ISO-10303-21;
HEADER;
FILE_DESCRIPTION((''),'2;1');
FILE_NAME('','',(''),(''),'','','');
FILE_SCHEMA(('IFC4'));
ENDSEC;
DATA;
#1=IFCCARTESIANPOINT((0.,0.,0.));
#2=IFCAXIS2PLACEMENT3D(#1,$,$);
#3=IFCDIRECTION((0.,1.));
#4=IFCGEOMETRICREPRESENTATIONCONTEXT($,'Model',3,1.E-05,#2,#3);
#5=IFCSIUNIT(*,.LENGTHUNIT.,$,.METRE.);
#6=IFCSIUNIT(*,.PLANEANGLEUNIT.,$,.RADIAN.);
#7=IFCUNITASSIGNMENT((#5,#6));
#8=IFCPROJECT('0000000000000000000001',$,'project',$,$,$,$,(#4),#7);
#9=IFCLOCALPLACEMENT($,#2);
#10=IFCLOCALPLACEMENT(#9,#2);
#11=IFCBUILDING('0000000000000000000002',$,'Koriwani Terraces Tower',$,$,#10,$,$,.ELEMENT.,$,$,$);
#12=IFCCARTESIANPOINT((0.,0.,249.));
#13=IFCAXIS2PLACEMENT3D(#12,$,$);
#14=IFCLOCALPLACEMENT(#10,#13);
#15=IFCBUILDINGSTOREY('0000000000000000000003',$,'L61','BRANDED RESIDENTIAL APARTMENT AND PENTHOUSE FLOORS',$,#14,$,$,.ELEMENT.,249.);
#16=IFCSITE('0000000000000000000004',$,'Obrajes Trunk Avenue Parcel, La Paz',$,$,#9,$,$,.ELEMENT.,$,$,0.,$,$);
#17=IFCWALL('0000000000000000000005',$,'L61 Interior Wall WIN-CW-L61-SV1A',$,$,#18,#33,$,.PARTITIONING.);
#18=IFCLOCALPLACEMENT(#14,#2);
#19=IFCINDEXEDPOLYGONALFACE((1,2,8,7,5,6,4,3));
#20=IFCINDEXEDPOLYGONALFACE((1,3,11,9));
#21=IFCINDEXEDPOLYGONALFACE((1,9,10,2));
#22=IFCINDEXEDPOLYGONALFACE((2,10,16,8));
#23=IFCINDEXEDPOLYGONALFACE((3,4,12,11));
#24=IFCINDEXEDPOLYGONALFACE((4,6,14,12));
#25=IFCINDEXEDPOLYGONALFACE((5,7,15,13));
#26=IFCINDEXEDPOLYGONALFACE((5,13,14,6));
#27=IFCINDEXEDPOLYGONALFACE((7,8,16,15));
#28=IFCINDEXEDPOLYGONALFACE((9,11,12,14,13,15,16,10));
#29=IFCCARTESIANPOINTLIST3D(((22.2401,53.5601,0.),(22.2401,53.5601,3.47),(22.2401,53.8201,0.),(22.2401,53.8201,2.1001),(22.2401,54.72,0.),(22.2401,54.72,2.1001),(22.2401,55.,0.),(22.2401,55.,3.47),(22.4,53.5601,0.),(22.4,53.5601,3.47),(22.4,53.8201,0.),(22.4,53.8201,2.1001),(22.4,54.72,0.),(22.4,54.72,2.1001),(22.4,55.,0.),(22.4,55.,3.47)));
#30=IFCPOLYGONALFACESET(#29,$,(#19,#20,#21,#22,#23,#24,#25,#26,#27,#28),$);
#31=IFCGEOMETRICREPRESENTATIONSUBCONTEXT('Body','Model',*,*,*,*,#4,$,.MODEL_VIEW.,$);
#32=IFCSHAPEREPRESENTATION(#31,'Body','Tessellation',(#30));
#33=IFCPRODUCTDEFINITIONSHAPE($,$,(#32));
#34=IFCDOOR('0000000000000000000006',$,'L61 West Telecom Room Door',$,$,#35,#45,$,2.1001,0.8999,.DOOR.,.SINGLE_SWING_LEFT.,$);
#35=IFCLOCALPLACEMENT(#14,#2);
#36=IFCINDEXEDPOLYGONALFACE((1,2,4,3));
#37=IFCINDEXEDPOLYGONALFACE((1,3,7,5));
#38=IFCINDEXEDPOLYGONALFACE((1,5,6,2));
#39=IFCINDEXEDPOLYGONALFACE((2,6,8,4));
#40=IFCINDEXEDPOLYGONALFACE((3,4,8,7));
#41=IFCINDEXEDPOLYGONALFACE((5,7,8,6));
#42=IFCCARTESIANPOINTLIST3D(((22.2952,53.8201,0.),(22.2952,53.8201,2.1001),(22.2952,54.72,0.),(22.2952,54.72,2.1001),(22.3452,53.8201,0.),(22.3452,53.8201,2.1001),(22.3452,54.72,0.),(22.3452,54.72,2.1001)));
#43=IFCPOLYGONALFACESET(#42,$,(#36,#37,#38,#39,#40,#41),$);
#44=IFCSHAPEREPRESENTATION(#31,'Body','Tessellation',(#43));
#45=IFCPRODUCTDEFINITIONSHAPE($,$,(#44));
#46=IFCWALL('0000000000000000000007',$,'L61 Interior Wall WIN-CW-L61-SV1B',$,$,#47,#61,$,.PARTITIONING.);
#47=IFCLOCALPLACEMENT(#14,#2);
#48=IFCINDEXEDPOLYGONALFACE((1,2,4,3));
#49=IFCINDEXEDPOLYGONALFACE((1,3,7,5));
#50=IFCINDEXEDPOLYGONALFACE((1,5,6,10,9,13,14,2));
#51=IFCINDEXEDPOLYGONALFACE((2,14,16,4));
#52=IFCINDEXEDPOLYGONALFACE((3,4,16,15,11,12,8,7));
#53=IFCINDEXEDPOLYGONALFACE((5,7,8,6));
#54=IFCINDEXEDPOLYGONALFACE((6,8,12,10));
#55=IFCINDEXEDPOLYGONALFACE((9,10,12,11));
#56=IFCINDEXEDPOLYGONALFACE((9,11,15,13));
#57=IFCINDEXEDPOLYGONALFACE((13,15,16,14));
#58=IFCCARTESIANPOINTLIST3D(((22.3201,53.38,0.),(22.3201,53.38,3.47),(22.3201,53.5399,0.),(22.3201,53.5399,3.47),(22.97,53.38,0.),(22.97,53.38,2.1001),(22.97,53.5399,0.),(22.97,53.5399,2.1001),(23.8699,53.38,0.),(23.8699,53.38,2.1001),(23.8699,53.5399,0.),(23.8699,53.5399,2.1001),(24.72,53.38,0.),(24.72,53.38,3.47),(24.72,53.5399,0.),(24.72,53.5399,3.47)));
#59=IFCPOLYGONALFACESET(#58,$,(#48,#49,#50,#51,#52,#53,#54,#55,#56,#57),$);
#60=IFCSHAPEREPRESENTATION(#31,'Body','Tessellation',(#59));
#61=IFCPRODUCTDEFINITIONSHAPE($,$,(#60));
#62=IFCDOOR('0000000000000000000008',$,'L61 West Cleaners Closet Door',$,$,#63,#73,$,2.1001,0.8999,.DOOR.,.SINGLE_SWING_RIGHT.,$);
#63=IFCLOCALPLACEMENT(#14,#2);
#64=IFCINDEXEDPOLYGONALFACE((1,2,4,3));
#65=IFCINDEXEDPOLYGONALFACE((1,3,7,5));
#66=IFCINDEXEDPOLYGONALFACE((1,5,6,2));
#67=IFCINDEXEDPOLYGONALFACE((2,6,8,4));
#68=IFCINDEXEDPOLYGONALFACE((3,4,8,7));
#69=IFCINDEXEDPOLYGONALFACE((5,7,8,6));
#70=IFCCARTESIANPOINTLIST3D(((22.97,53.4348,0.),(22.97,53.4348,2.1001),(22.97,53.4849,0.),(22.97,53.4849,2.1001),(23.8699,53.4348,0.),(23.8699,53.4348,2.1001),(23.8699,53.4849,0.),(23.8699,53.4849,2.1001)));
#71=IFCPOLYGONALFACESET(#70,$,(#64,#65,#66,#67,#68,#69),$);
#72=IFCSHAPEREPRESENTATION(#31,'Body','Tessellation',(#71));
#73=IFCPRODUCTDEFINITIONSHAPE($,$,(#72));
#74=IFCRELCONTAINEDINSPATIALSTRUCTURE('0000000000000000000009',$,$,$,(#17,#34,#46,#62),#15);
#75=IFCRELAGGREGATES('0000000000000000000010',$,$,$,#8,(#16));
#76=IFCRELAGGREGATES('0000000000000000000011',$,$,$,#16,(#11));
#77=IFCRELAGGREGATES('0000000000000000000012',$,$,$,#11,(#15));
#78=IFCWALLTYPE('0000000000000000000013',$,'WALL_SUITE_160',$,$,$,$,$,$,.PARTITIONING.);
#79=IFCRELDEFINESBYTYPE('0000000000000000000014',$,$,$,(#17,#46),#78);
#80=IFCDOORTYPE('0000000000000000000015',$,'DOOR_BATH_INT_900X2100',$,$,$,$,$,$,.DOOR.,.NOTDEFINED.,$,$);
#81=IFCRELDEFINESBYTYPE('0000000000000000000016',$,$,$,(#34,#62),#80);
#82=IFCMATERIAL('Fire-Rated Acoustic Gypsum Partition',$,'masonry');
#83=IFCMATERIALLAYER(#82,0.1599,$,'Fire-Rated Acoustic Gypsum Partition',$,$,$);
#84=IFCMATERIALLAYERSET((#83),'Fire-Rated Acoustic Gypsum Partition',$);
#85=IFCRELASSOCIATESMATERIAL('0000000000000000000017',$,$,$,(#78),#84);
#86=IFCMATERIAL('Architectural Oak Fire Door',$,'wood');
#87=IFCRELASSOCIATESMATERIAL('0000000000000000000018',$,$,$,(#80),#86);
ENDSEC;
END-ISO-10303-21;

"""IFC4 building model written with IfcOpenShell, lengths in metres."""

from ifc_helpers import new_model, si_unit, direction, frame, frame_2d, origin, place, context, subcontext, project, spatial, rectangle, extrude, material, layer, layer_set, type_object, element, fill, save


model = new_model("IFC4")

# Units and contexts
model_context = context("Model", 3, precision=1e-05, world=origin(), true_north=direction((0.0, 1.0)))
body_context = subcontext(model_context, "Body", "Model", "MODEL_VIEW")
ifc_project = project(units=[si_unit("LENGTHUNIT", "METRE"), si_unit("PLANEANGLEUNIT", "RADIAN")], contexts=[model_context])

# Site, building, storey
site_placement = place(None, origin())
site = spatial("IfcSite", under=ifc_project, at=site_placement, Name="Obrajes Trunk Avenue Parcel, La Paz", CompositionType="ELEMENT", RefElevation=0.0)
building_placement = place(site_placement, origin())
building = spatial("IfcBuilding", under=site, at=building_placement, Name="Koriwani Terraces Tower", CompositionType="ELEMENT")
storey_placement = place(building_placement, frame((0.0, 0.0, 249.0)))
storey = spatial("IfcBuildingStorey", under=building, at=storey_placement, Name="L61", Description="BRANDED RESIDENTIAL APARTMENT AND PENTHOUSE FLOORS", CompositionType="ELEMENT", Elevation=249.0)

# Walls, openings, doors
ifc_material_1 = material(Name="Fire-Rated Acoustic Gypsum Partition", Category="masonry")
ifc_layer_1 = layer(ifc_material_1, 0.1599, Name="Fire-Rated Acoustic Gypsum Partition")
ifc_layer_set_1 = layer_set([ifc_layer_1], Name="Fire-Rated Acoustic Gypsum Partition")
wall_type_1 = type_object("IfcWallType", Name="WALL_SUITE_160", PredefinedType="PARTITIONING", material=ifc_layer_set_1)
wall_1_placement = place(storey_placement, frame((22.3201, 53.5601, 0.0), z_axis=(0.0, 0.0, 1.0), x_axis=(0.0, 1.0, 0.0)))
wall_1 = element("IfcWall", 1, at=wall_1_placement, inside=storey, type_object=wall_type_1, Name="L61 Interior Wall WIN-CW-L61-SV1A", PredefinedType="PARTITIONING", context=body_context, shape_type="SweptSolid", body=[
    extrude(rectangle(XDim=1.4399, YDim=0.1599, at=frame_2d((0.72, 0.0))), origin(), (0.0, 0.0, 1.0), 3.47),
])
opening_1_placement = place(wall_1_placement, frame((0.26, 0.0, 0.0)))
opening_1 = element("IfcOpeningElement", 2, at=opening_1_placement, cuts=wall_1, PredefinedType="OPENING", context=body_context, shape_type="SweptSolid", body=[
    extrude(rectangle(XDim=0.8999, YDim=2.1001, at=frame_2d((0.45, 1.05))), frame((0.0, 0.0898, 0.0), z_axis=(0.0, -1.0, 0.0), x_axis=(1.0, 0.0, 0.0)), (0.0, 0.0, 1.0), 0.1799),
])
ifc_material_2 = material(Name="Architectural Oak Fire Door", Category="wood")
door_type_1 = type_object("IfcDoorType", Name="DOOR_BATH_INT_900X2100", OperationType="NOTDEFINED", PredefinedType="DOOR", material=ifc_material_2)
door_1_placement = place(opening_1_placement, origin())
door_1 = element("IfcDoor", 3, at=door_1_placement, inside=storey, type_object=door_type_1, Name="L61 West Telecom Room Door", OperationType="SINGLE_SWING_LEFT", OverallHeight=2.1001, OverallWidth=0.8999, PredefinedType="DOOR", context=body_context, shape_type="SweptSolid", body=[
    extrude(rectangle(XDim=0.8999, YDim=2.1001, at=frame_2d((0.45, 1.05))), frame((0.0, 0.0249, 0.0), z_axis=(0.0, -1.0, 0.0), x_axis=(1.0, 0.0, 0.0)), (0.0, 0.0, 1.0), 0.05),
])
fill(opening_1, door_1)
wall_2_placement = place(storey_placement, frame((22.3201, 53.46, 0.0), z_axis=(0.0, 0.0, 1.0), x_axis=(1.0, 0.0, 0.0)))
wall_2 = element("IfcWall", 4, at=wall_2_placement, inside=storey, type_object=wall_type_1, Name="L61 Interior Wall WIN-CW-L61-SV1B", PredefinedType="PARTITIONING", context=body_context, shape_type="SweptSolid", body=[
    extrude(rectangle(XDim=2.3999, YDim=0.1599, at=frame_2d((1.2, 0.0))), origin(), (0.0, 0.0, 1.0), 3.47),
])
opening_2_placement = place(wall_2_placement, frame((0.6499, 0.0, 0.0)))
opening_2 = element("IfcOpeningElement", 5, at=opening_2_placement, cuts=wall_2, PredefinedType="OPENING", context=body_context, shape_type="SweptSolid", body=[
    extrude(rectangle(XDim=0.8999, YDim=2.1001, at=frame_2d((0.45, 1.05))), frame((0.0, 0.0898, 0.0), z_axis=(0.0, -1.0, 0.0), x_axis=(1.0, 0.0, 0.0)), (0.0, 0.0, 1.0), 0.1799),
])
door_2_placement = place(opening_2_placement, origin())
door_2 = element("IfcDoor", 6, at=door_2_placement, inside=storey, type_object=door_type_1, Name="L61 West Cleaners Closet Door", OperationType="SINGLE_SWING_RIGHT", OverallHeight=2.1001, OverallWidth=0.8999, PredefinedType="DOOR", context=body_context, shape_type="SweptSolid", body=[
    extrude(rectangle(XDim=0.8999, YDim=2.1001, at=frame_2d((0.45, 1.05))), frame((0.0, 0.0249, 0.0), z_axis=(0.0, -1.0, 0.0), x_axis=(1.0, 0.0, 0.0)), (0.0, 0.0, 1.0), 0.05),
])
fill(opening_2, door_2)

save(model, "model.ifc")
